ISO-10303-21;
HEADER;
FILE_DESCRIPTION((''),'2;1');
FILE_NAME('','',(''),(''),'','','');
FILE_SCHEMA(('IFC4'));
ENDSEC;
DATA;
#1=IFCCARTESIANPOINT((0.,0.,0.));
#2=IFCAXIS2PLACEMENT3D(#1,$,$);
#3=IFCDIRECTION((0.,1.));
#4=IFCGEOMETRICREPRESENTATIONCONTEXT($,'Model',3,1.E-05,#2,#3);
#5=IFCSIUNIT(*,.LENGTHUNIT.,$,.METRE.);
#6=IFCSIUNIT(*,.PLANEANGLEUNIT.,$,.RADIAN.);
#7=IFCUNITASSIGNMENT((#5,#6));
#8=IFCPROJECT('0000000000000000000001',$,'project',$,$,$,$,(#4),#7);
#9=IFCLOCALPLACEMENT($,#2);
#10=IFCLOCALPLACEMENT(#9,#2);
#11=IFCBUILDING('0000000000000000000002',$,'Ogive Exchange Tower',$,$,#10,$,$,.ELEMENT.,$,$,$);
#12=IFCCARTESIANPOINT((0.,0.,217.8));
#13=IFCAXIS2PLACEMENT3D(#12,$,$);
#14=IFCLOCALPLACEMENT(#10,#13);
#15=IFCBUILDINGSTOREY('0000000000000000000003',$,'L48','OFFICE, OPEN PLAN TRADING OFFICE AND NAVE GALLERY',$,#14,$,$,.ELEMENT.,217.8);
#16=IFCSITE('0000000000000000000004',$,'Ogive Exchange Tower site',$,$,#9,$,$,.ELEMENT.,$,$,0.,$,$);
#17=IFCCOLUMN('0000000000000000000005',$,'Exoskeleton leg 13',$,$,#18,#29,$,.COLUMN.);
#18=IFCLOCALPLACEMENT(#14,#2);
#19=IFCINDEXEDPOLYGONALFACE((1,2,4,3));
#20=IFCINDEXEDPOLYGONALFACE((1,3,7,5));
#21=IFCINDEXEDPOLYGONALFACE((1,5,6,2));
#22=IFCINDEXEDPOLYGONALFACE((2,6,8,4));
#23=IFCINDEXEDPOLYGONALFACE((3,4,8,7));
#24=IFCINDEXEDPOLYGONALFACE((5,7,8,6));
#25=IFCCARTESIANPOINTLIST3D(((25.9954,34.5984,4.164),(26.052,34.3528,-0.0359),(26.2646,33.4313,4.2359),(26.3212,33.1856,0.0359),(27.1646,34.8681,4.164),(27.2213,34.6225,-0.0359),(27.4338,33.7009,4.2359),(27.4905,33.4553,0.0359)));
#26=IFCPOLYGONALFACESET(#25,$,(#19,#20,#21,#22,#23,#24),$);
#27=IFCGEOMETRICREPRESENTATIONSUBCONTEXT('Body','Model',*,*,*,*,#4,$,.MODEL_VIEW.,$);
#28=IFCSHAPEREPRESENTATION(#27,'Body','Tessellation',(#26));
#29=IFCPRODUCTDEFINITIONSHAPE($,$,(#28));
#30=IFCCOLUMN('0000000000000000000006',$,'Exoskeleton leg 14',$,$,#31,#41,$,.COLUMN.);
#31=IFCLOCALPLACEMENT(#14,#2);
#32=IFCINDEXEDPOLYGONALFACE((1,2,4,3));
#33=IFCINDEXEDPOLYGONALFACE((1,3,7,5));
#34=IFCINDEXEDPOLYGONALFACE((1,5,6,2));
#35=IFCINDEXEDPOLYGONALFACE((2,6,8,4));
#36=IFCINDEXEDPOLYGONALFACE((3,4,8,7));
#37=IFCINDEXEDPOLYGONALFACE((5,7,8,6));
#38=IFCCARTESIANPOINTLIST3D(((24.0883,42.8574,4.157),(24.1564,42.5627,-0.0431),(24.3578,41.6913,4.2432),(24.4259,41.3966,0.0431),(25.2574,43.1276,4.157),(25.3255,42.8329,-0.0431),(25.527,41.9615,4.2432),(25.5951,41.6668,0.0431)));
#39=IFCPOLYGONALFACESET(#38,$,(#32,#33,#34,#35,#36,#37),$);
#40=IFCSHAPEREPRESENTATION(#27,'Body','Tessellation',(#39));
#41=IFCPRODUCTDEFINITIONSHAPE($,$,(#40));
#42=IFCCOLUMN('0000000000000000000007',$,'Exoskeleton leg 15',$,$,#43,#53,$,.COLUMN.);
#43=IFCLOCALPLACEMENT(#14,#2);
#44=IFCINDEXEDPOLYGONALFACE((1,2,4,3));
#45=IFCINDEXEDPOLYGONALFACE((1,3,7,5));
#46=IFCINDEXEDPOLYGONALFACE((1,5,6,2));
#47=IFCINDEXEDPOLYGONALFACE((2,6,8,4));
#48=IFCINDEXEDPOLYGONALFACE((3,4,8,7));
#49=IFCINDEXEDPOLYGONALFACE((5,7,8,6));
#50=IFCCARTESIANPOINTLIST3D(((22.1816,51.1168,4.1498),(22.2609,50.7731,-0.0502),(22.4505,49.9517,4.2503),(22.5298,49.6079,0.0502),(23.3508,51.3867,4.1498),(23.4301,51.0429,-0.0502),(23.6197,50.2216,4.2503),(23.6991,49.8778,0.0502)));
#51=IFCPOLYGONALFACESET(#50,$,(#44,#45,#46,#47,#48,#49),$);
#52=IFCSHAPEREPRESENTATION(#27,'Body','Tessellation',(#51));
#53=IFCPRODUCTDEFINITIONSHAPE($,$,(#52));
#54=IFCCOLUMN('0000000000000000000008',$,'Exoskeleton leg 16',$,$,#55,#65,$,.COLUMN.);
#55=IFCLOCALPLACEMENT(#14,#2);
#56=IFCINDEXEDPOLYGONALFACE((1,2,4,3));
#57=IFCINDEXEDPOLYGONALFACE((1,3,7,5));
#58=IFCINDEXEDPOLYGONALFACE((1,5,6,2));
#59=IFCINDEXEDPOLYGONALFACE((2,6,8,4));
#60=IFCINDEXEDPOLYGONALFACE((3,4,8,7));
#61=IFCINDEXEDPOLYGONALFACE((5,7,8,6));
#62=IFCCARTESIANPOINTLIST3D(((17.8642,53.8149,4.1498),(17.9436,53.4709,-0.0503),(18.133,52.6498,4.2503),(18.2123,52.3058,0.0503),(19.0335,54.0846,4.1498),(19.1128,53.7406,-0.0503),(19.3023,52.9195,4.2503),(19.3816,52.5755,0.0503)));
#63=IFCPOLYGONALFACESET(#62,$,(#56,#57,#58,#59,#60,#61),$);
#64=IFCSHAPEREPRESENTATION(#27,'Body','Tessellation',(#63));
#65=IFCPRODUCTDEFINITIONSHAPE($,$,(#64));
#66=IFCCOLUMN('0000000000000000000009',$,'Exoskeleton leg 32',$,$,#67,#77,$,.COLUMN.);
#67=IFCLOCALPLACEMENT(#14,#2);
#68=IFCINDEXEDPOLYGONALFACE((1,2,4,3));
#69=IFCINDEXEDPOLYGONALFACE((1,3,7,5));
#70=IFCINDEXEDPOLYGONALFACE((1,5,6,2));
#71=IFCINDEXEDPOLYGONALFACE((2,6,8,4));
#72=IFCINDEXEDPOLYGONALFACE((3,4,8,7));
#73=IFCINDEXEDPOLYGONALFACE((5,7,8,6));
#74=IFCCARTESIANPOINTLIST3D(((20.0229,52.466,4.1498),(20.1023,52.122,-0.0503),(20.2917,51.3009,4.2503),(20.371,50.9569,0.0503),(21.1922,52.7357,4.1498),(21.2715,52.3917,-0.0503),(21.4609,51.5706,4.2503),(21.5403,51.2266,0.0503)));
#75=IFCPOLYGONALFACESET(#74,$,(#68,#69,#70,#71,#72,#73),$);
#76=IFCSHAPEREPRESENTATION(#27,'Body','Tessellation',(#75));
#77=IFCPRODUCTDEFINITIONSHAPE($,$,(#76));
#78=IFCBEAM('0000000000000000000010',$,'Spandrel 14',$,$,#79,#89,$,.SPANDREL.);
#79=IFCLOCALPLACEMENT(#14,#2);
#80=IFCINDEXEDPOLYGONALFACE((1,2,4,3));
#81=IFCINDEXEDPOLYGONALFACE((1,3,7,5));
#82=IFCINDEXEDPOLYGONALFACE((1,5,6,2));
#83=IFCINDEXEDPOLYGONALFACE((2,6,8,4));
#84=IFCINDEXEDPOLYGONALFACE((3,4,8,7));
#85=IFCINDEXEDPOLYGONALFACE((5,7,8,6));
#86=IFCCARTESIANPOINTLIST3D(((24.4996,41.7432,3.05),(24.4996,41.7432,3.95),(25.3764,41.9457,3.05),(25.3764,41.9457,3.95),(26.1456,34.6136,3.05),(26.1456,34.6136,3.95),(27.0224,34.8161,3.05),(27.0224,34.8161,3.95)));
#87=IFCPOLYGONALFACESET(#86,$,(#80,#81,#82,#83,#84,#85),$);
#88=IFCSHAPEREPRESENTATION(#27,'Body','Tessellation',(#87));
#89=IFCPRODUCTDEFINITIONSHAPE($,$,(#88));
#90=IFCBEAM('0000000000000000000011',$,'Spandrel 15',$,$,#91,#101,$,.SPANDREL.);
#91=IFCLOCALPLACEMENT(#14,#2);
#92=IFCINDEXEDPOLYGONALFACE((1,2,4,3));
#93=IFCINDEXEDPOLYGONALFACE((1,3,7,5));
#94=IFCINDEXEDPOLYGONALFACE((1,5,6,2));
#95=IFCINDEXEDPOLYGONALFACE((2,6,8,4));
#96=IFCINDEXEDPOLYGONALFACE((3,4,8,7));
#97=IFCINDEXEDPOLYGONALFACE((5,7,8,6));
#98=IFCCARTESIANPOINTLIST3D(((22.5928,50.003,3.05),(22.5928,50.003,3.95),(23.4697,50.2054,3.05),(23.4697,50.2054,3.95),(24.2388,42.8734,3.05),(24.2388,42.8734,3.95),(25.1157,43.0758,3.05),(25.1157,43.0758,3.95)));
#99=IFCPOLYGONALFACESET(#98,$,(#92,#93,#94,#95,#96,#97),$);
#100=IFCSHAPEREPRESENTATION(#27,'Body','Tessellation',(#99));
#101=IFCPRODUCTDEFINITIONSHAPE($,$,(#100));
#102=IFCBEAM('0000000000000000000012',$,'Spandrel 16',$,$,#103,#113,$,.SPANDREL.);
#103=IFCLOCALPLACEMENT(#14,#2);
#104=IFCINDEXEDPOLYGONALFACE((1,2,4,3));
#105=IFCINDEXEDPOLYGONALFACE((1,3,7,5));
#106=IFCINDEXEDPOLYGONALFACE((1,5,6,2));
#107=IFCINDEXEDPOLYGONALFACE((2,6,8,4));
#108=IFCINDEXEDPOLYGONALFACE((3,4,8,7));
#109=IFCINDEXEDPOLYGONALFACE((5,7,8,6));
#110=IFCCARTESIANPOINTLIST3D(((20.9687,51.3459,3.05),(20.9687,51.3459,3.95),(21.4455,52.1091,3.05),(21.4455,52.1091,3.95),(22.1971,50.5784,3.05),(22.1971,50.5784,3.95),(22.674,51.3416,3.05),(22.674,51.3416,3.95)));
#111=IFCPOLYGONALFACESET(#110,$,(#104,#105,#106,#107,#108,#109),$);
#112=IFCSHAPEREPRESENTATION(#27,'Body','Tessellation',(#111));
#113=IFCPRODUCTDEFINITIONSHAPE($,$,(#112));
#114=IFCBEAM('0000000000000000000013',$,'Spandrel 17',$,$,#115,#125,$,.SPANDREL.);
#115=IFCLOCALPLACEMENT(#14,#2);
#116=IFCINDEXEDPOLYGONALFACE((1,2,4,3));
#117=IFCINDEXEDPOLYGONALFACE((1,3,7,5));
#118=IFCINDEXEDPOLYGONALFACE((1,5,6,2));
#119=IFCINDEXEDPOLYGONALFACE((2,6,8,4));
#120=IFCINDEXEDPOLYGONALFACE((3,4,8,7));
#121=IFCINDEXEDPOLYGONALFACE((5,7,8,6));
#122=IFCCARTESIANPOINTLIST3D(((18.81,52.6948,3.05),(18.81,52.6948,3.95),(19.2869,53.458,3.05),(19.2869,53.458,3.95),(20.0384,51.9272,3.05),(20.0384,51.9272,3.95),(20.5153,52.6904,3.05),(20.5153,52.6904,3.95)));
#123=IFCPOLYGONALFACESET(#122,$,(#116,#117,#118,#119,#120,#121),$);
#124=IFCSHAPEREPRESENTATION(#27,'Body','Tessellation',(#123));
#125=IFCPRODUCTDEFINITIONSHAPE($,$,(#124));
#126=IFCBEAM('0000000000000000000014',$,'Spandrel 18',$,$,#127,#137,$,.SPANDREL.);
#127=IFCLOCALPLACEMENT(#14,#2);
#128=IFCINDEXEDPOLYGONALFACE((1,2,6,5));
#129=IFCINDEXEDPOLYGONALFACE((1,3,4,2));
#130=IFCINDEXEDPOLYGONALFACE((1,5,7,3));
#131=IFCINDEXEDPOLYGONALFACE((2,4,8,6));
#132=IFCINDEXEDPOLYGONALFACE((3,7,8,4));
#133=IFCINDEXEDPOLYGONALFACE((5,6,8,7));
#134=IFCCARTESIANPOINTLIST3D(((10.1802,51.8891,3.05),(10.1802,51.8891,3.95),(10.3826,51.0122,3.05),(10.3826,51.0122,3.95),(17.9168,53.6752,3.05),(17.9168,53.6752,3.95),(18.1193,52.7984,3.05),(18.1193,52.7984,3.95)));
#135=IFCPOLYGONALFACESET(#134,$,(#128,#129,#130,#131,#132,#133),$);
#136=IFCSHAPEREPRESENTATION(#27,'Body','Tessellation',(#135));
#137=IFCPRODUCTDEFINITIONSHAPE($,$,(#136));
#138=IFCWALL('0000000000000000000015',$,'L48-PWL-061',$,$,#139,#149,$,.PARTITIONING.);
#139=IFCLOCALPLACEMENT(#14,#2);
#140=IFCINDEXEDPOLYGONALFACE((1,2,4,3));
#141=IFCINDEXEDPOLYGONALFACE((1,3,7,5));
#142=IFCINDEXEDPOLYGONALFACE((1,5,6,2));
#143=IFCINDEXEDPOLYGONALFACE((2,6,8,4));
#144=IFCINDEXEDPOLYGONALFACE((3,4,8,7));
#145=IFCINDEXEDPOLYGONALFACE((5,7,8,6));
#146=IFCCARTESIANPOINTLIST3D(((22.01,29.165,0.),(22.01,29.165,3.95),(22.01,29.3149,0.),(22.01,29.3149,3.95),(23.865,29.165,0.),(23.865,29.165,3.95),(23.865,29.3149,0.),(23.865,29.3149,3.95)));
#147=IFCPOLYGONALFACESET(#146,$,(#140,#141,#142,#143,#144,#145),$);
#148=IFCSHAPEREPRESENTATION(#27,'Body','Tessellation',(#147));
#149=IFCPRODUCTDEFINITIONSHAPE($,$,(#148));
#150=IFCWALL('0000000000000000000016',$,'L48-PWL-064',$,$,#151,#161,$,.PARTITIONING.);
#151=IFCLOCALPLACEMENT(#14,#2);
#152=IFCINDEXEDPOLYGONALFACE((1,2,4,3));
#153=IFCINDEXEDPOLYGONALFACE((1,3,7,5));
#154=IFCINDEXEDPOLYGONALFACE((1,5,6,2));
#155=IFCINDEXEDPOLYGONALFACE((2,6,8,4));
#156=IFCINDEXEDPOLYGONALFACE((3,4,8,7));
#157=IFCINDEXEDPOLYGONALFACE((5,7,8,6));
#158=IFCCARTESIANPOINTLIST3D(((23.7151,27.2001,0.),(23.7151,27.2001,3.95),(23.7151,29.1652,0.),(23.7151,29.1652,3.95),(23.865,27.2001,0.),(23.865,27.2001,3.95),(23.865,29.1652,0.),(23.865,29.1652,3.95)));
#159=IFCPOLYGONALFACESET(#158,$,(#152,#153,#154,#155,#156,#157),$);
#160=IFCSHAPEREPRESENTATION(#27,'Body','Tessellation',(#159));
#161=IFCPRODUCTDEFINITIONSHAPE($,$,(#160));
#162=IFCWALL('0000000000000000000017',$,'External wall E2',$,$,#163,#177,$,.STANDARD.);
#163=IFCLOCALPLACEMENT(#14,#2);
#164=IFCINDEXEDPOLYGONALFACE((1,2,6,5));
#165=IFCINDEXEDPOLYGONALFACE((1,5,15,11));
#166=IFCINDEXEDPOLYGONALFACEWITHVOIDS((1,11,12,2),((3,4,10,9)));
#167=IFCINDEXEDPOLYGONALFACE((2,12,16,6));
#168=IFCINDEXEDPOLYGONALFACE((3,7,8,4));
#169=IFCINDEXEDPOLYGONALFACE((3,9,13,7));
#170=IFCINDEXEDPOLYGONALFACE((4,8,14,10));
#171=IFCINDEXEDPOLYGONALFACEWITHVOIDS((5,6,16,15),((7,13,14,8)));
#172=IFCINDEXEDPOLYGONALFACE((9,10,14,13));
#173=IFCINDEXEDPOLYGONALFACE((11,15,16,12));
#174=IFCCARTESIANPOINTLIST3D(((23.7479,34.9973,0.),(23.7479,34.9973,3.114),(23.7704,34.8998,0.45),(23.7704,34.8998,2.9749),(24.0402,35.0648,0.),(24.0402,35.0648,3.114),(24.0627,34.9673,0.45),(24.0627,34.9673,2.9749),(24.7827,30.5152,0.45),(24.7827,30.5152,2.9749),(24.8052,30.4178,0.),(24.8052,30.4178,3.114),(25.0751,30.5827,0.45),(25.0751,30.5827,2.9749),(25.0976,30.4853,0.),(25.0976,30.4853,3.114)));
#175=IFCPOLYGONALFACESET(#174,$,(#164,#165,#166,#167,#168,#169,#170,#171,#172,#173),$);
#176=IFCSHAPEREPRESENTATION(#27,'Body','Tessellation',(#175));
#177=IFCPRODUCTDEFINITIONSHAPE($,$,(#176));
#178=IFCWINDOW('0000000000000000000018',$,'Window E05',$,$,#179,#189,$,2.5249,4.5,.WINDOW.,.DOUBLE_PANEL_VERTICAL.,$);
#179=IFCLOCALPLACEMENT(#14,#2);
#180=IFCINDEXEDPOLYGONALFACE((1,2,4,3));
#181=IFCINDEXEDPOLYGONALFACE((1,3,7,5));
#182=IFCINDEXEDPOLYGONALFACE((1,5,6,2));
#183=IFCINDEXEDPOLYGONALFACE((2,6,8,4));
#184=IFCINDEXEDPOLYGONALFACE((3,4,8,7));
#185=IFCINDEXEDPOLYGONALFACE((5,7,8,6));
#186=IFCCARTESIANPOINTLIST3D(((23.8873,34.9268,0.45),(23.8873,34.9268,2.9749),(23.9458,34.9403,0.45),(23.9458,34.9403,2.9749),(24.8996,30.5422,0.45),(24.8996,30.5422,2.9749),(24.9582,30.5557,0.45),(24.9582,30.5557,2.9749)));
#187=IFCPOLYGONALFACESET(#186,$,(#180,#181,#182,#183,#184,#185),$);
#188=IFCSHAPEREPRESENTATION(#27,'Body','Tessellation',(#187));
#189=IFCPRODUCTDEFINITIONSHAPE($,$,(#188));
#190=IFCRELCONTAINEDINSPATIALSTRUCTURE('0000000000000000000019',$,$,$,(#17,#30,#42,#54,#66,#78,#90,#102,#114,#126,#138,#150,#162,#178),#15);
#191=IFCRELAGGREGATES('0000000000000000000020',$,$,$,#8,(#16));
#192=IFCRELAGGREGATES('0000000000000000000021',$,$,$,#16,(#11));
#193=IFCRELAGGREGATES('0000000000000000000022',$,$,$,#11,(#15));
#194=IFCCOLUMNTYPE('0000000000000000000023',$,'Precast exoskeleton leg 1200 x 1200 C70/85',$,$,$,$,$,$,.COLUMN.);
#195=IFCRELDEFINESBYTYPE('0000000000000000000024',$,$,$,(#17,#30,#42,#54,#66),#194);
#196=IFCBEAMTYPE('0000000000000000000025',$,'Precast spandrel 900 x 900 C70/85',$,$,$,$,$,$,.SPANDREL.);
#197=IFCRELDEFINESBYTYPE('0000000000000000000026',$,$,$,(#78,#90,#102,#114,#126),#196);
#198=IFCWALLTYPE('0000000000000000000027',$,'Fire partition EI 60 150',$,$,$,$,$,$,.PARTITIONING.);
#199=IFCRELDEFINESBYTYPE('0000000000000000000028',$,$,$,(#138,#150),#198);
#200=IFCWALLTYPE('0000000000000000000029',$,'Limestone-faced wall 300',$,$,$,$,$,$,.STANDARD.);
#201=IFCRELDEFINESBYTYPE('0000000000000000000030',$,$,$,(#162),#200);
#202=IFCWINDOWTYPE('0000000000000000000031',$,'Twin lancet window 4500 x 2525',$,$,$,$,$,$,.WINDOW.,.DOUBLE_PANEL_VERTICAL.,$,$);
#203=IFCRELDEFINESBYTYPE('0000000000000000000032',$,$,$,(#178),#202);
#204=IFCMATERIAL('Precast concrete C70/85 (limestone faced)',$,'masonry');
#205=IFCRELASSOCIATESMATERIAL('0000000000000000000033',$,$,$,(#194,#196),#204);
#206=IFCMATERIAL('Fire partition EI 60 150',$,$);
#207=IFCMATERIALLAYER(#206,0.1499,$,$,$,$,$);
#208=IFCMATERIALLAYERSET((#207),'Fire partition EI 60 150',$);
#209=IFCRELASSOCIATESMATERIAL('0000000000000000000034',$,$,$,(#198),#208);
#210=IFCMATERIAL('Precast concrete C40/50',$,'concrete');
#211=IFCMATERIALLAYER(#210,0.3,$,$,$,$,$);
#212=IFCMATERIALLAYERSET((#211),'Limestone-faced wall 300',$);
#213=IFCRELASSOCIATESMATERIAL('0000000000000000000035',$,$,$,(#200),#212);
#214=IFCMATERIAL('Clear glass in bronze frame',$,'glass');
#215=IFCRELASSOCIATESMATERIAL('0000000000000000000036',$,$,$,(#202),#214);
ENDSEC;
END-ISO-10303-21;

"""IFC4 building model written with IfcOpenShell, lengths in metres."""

from ifc_helpers import new_model, si_unit, direction, frame, frame_2d, origin, origin_2d, place, context, subcontext, project, spatial, rectangle, extrude, material, layer, layer_set, material_profile, profile_set, type_object, element, fill, save


model = new_model("IFC4")

# Units and contexts
model_context = context("Model", 3, precision=1e-05, world=origin(), true_north=direction((0.0, 1.0)))
body_context = subcontext(model_context, "Body", "Model", "MODEL_VIEW")
ifc_project = project(units=[si_unit("LENGTHUNIT", "METRE"), si_unit("PLANEANGLEUNIT", "RADIAN")], contexts=[model_context])

# Site, building, storey
site_placement = place(None, origin())
site = spatial("IfcSite", under=ifc_project, at=site_placement, Name="Ogive Exchange Tower site", CompositionType="ELEMENT", RefElevation=0.0)
building_placement = place(site_placement, origin())
building = spatial("IfcBuilding", under=site, at=building_placement, Name="Ogive Exchange Tower", CompositionType="ELEMENT")
storey_placement = place(building_placement, frame((0.0, 0.0, 217.8)))
storey = spatial("IfcBuildingStorey", under=building, at=storey_placement, Name="L48", Description="OFFICE, OPEN PLAN TRADING OFFICE AND NAVE GALLERY", CompositionType="ELEMENT", Elevation=217.8)

# Columns
ifc_material_1 = material(Name="Precast concrete C70/85 (limestone faced)", Category="masonry")
ifc_material_profile_1 = material_profile(ifc_material_1, rectangle(XDim=1.2, YDim=1.2, at=origin_2d()), Name="1200 x 1200")
ifc_profile_set_1 = profile_set([ifc_material_profile_1], Name="Precast concrete C70/85 (limestone faced)")
column_type = type_object("IfcColumnType", Name="Precast exoskeleton leg 1200 x 1200 C70/85", PredefinedType="COLUMN", material=ifc_profile_set_1)
column_1_placement = place(storey_placement, frame((26.7712, 33.9041, 0.0), z_axis=(-0.013462, 0.058373, 0.998204), x_axis=(-0.974424, -0.224718, 0.0)))
element("IfcColumn", 1, at=column_1_placement, inside=storey, type_object=column_type, Name="Exoskeleton leg 13", PredefinedType="COLUMN", context=body_context, shape_type="SweptSolid", body=[
    extrude(rectangle(XDim=1.2, YDim=1.2, at=origin_2d()), origin(), (0.0, 0.0, 1.0), 4.2075),
])
column_2_placement = place(storey_placement, frame((24.8757, 42.1147, 0.0), z_axis=(-0.016176, 0.069981, 0.997417), x_axis=(-0.97431, -0.225213, 0.0)))
element("IfcColumn", 2, at=column_2_placement, inside=storey, type_object=column_type, Name="Exoskeleton leg 14", PredefinedType="COLUMN", context=body_context, shape_type="SweptSolid", body=[
    extrude(rectangle(XDim=1.2, YDim=1.2, at=origin_2d()), origin(), (0.0, 0.0, 1.0), 4.2109),
])
for number, where, z_axis, x_axis, name in (
    (3, (22.98, 50.3254, 0.0), (-0.018826, 0.081559, 0.996491), (-0.97438, -0.22491, 0.0), "Exoskeleton leg 15"),
    (4, (18.6626, 53.0232, 0.0), (-0.018826, 0.081617, 0.996486), (-0.974415, -0.224758, 0.0), "Exoskeleton leg 16"),
    (5, (20.8213, 51.6743, 0.0), (-0.018826, 0.081617, 0.996486), (-0.974415, -0.224758, 0.0), "Exoskeleton leg 32"),
):
    element("IfcColumn", number, at=place(storey_placement, frame(where, z_axis=z_axis, x_axis=x_axis)), inside=storey, type_object=column_type, Name=name, PredefinedType="COLUMN", context=body_context, shape_type="SweptSolid", body=[
        extrude(rectangle(XDim=1.2, YDim=1.2, at=origin_2d()), origin(), (0.0, 0.0, 1.0), 4.2148),
    ])

# Beams
ifc_material_profile_2 = material_profile(ifc_material_1, rectangle(XDim=0.8999, YDim=0.8999, at=origin_2d()), Name="900 x 900")
ifc_profile_set_2 = profile_set([ifc_material_profile_2], Name="Precast concrete C70/85 (limestone faced)")
beam_type = type_object("IfcBeamType", Name="Precast spandrel 900 x 900 C70/85", PredefinedType="SPANDREL", material=ifc_profile_set_2)
for number, where, z_axis, x_axis, name in (
    (6, (26.584, 34.7148, 3.5), (-0.22495, 0.97437, 0.0), (-0.97437, -0.22495, 0.0), "Spandrel 14"),
    (7, (24.6772, 42.9746, 3.5), (-0.22495, 0.97437, 0.0), (-0.97437, -0.22495, 0.0), "Spandrel 15"),
):
    element("IfcBeam", number, at=place(storey_placement, frame(where, z_axis=z_axis, x_axis=x_axis)), inside=storey, type_object=beam_type, Name=name, PredefinedType="SPANDREL", context=body_context, shape_type="SweptSolid", body=[
        extrude(rectangle(XDim=0.8999, YDim=0.8999, at=origin_2d()), origin(), (0.0, 0.0, 1.0), 7.3171),
    ])
for number, where, z_axis, x_axis, name in (
    (8, (22.4355, 50.96, 3.5), (-0.848074, 0.529878, 0.0), (-0.529878, -0.848074, 0.0), "Spandrel 16"),
    (9, (20.2769, 52.3088, 3.5), (-0.848074, 0.529878, 0.0), (-0.529878, -0.848074, 0.0), "Spandrel 17"),
):
    element("IfcBeam", number, at=place(storey_placement, frame(where, z_axis=z_axis, x_axis=x_axis)), inside=storey, type_object=beam_type, Name=name, PredefinedType="SPANDREL", context=body_context, shape_type="SweptSolid", body=[
        extrude(rectangle(XDim=0.8999, YDim=0.8999, at=origin_2d()), origin(), (0.0, 0.0, 1.0), 1.4485),
    ])
beam_placement = place(storey_placement, frame((18.0181, 53.2368, 3.5), z_axis=(-0.97437, -0.224952, 0.0), x_axis=(0.224952, -0.97437, 0.0)))
element("IfcBeam", 10, at=beam_placement, inside=storey, type_object=beam_type, Name="Spandrel 18", PredefinedType="SPANDREL", context=body_context, shape_type="SweptSolid", body=[
    extrude(rectangle(XDim=0.8999, YDim=0.8999, at=origin_2d()), origin(), (0.0, 0.0, 1.0), 7.9402),
])

# Walls
ifc_material_2 = material(Name="Fire partition EI 60 150")
ifc_layer_1 = layer(ifc_material_2, 0.1499)
ifc_layer_set_1 = layer_set([ifc_layer_1], Name="Fire partition EI 60 150")
wall_type_1 = type_object("IfcWallType", Name="Fire partition EI 60 150", PredefinedType="PARTITIONING", material=ifc_layer_set_1)
wall_1_placement = place(storey_placement, frame((22.01, 29.24, 0.0), z_axis=(0.0, 0.0, 1.0), x_axis=(1.0, 0.0, 0.0)))
element("IfcWall", 11, at=wall_1_placement, inside=storey, type_object=wall_type_1, Name="L48-PWL-061", PredefinedType="PARTITIONING", context=body_context, shape_type="SweptSolid", body=[
    extrude(rectangle(XDim=1.855, YDim=0.1499, at=frame_2d((0.9275, 0.0))), origin(), (0.0, 0.0, 1.0), 3.95),
])
wall_2_placement = place(storey_placement, frame((23.79, 29.165, 0.0), z_axis=(0.0, 0.0, 1.0), x_axis=(0.0, -1.0, 0.0)))
element("IfcWall", 12, at=wall_2_placement, inside=storey, type_object=wall_type_1, Name="L48-PWL-064", PredefinedType="PARTITIONING", context=body_context, shape_type="SweptSolid", body=[
    extrude(rectangle(XDim=1.9651, YDim=0.1499, at=frame_2d((0.9824, 0.0))), origin(), (0.0, 0.0, 1.0), 3.95),
])

# Wall, opening, window
ifc_material_3 = material(Name="Precast concrete C40/50", Category="concrete")
ifc_layer_2 = layer(ifc_material_3, 0.3)
ifc_layer_set_2 = layer_set([ifc_layer_2], Name="Limestone-faced wall 300")
wall_type_2 = type_object("IfcWallType", Name="Limestone-faced wall 300", PredefinedType="STANDARD", material=ifc_layer_set_2)
wall_3_placement = place(storey_placement, frame((24.9514, 30.4514, 0.0), z_axis=(0.0, 0.0, 1.0), x_axis=(-0.22497, 0.974366, 0.0)))
wall_3 = element("IfcWall", 13, at=wall_3_placement, inside=storey, type_object=wall_type_2, Name="External wall E2", PredefinedType="STANDARD", context=body_context, shape_type="SweptSolid", body=[
    extrude(rectangle(XDim=4.7, YDim=0.3, at=frame_2d((2.3501, 0.0))), origin(), (0.0, 0.0, 1.0), 3.114),
])
opening_1_placement = place(wall_3_placement, frame((0.1001, 0.0, 0.45)))
opening_1 = element("IfcOpeningElement", 14, at=opening_1_placement, cuts=wall_3, PredefinedType="OPENING", context=body_context, shape_type="SweptSolid", body=[
    extrude(rectangle(XDim=4.5, YDim=2.5249, at=frame_2d((2.25, 1.2625))), frame((0.0, 0.1599, 0.0), z_axis=(0.0, -1.0, 0.0), x_axis=(1.0, 0.0, 0.0)), (0.0, 0.0, 1.0), 0.3201),
])
ifc_material_4 = material(Name="Clear glass in bronze frame", Category="glass")
window_type_1 = type_object("IfcWindowType", Name="Twin lancet window 4500 x 2525", PartitioningType="DOUBLE_PANEL_VERTICAL", PredefinedType="WINDOW", material=ifc_material_4)
window_1_placement = place(opening_1_placement, origin())
window_1 = element("IfcWindow", 15, at=window_1_placement, inside=storey, type_object=window_type_1, Name="Window E05", OverallHeight=2.5249, OverallWidth=4.5, PartitioningType="DOUBLE_PANEL_VERTICAL", PredefinedType="WINDOW", context=body_context, shape_type="SweptSolid", body=[
    extrude(rectangle(XDim=4.5, YDim=2.5249, at=frame_2d((2.25, 1.2625))), frame((0.0, 0.03, 0.0), z_axis=(0.0, -1.0, 0.0), x_axis=(1.0, 0.0, 0.0)), (0.0, 0.0, 1.0), 0.0601),
])
fill(opening_1, window_1)

save(model, "model.ifc")
